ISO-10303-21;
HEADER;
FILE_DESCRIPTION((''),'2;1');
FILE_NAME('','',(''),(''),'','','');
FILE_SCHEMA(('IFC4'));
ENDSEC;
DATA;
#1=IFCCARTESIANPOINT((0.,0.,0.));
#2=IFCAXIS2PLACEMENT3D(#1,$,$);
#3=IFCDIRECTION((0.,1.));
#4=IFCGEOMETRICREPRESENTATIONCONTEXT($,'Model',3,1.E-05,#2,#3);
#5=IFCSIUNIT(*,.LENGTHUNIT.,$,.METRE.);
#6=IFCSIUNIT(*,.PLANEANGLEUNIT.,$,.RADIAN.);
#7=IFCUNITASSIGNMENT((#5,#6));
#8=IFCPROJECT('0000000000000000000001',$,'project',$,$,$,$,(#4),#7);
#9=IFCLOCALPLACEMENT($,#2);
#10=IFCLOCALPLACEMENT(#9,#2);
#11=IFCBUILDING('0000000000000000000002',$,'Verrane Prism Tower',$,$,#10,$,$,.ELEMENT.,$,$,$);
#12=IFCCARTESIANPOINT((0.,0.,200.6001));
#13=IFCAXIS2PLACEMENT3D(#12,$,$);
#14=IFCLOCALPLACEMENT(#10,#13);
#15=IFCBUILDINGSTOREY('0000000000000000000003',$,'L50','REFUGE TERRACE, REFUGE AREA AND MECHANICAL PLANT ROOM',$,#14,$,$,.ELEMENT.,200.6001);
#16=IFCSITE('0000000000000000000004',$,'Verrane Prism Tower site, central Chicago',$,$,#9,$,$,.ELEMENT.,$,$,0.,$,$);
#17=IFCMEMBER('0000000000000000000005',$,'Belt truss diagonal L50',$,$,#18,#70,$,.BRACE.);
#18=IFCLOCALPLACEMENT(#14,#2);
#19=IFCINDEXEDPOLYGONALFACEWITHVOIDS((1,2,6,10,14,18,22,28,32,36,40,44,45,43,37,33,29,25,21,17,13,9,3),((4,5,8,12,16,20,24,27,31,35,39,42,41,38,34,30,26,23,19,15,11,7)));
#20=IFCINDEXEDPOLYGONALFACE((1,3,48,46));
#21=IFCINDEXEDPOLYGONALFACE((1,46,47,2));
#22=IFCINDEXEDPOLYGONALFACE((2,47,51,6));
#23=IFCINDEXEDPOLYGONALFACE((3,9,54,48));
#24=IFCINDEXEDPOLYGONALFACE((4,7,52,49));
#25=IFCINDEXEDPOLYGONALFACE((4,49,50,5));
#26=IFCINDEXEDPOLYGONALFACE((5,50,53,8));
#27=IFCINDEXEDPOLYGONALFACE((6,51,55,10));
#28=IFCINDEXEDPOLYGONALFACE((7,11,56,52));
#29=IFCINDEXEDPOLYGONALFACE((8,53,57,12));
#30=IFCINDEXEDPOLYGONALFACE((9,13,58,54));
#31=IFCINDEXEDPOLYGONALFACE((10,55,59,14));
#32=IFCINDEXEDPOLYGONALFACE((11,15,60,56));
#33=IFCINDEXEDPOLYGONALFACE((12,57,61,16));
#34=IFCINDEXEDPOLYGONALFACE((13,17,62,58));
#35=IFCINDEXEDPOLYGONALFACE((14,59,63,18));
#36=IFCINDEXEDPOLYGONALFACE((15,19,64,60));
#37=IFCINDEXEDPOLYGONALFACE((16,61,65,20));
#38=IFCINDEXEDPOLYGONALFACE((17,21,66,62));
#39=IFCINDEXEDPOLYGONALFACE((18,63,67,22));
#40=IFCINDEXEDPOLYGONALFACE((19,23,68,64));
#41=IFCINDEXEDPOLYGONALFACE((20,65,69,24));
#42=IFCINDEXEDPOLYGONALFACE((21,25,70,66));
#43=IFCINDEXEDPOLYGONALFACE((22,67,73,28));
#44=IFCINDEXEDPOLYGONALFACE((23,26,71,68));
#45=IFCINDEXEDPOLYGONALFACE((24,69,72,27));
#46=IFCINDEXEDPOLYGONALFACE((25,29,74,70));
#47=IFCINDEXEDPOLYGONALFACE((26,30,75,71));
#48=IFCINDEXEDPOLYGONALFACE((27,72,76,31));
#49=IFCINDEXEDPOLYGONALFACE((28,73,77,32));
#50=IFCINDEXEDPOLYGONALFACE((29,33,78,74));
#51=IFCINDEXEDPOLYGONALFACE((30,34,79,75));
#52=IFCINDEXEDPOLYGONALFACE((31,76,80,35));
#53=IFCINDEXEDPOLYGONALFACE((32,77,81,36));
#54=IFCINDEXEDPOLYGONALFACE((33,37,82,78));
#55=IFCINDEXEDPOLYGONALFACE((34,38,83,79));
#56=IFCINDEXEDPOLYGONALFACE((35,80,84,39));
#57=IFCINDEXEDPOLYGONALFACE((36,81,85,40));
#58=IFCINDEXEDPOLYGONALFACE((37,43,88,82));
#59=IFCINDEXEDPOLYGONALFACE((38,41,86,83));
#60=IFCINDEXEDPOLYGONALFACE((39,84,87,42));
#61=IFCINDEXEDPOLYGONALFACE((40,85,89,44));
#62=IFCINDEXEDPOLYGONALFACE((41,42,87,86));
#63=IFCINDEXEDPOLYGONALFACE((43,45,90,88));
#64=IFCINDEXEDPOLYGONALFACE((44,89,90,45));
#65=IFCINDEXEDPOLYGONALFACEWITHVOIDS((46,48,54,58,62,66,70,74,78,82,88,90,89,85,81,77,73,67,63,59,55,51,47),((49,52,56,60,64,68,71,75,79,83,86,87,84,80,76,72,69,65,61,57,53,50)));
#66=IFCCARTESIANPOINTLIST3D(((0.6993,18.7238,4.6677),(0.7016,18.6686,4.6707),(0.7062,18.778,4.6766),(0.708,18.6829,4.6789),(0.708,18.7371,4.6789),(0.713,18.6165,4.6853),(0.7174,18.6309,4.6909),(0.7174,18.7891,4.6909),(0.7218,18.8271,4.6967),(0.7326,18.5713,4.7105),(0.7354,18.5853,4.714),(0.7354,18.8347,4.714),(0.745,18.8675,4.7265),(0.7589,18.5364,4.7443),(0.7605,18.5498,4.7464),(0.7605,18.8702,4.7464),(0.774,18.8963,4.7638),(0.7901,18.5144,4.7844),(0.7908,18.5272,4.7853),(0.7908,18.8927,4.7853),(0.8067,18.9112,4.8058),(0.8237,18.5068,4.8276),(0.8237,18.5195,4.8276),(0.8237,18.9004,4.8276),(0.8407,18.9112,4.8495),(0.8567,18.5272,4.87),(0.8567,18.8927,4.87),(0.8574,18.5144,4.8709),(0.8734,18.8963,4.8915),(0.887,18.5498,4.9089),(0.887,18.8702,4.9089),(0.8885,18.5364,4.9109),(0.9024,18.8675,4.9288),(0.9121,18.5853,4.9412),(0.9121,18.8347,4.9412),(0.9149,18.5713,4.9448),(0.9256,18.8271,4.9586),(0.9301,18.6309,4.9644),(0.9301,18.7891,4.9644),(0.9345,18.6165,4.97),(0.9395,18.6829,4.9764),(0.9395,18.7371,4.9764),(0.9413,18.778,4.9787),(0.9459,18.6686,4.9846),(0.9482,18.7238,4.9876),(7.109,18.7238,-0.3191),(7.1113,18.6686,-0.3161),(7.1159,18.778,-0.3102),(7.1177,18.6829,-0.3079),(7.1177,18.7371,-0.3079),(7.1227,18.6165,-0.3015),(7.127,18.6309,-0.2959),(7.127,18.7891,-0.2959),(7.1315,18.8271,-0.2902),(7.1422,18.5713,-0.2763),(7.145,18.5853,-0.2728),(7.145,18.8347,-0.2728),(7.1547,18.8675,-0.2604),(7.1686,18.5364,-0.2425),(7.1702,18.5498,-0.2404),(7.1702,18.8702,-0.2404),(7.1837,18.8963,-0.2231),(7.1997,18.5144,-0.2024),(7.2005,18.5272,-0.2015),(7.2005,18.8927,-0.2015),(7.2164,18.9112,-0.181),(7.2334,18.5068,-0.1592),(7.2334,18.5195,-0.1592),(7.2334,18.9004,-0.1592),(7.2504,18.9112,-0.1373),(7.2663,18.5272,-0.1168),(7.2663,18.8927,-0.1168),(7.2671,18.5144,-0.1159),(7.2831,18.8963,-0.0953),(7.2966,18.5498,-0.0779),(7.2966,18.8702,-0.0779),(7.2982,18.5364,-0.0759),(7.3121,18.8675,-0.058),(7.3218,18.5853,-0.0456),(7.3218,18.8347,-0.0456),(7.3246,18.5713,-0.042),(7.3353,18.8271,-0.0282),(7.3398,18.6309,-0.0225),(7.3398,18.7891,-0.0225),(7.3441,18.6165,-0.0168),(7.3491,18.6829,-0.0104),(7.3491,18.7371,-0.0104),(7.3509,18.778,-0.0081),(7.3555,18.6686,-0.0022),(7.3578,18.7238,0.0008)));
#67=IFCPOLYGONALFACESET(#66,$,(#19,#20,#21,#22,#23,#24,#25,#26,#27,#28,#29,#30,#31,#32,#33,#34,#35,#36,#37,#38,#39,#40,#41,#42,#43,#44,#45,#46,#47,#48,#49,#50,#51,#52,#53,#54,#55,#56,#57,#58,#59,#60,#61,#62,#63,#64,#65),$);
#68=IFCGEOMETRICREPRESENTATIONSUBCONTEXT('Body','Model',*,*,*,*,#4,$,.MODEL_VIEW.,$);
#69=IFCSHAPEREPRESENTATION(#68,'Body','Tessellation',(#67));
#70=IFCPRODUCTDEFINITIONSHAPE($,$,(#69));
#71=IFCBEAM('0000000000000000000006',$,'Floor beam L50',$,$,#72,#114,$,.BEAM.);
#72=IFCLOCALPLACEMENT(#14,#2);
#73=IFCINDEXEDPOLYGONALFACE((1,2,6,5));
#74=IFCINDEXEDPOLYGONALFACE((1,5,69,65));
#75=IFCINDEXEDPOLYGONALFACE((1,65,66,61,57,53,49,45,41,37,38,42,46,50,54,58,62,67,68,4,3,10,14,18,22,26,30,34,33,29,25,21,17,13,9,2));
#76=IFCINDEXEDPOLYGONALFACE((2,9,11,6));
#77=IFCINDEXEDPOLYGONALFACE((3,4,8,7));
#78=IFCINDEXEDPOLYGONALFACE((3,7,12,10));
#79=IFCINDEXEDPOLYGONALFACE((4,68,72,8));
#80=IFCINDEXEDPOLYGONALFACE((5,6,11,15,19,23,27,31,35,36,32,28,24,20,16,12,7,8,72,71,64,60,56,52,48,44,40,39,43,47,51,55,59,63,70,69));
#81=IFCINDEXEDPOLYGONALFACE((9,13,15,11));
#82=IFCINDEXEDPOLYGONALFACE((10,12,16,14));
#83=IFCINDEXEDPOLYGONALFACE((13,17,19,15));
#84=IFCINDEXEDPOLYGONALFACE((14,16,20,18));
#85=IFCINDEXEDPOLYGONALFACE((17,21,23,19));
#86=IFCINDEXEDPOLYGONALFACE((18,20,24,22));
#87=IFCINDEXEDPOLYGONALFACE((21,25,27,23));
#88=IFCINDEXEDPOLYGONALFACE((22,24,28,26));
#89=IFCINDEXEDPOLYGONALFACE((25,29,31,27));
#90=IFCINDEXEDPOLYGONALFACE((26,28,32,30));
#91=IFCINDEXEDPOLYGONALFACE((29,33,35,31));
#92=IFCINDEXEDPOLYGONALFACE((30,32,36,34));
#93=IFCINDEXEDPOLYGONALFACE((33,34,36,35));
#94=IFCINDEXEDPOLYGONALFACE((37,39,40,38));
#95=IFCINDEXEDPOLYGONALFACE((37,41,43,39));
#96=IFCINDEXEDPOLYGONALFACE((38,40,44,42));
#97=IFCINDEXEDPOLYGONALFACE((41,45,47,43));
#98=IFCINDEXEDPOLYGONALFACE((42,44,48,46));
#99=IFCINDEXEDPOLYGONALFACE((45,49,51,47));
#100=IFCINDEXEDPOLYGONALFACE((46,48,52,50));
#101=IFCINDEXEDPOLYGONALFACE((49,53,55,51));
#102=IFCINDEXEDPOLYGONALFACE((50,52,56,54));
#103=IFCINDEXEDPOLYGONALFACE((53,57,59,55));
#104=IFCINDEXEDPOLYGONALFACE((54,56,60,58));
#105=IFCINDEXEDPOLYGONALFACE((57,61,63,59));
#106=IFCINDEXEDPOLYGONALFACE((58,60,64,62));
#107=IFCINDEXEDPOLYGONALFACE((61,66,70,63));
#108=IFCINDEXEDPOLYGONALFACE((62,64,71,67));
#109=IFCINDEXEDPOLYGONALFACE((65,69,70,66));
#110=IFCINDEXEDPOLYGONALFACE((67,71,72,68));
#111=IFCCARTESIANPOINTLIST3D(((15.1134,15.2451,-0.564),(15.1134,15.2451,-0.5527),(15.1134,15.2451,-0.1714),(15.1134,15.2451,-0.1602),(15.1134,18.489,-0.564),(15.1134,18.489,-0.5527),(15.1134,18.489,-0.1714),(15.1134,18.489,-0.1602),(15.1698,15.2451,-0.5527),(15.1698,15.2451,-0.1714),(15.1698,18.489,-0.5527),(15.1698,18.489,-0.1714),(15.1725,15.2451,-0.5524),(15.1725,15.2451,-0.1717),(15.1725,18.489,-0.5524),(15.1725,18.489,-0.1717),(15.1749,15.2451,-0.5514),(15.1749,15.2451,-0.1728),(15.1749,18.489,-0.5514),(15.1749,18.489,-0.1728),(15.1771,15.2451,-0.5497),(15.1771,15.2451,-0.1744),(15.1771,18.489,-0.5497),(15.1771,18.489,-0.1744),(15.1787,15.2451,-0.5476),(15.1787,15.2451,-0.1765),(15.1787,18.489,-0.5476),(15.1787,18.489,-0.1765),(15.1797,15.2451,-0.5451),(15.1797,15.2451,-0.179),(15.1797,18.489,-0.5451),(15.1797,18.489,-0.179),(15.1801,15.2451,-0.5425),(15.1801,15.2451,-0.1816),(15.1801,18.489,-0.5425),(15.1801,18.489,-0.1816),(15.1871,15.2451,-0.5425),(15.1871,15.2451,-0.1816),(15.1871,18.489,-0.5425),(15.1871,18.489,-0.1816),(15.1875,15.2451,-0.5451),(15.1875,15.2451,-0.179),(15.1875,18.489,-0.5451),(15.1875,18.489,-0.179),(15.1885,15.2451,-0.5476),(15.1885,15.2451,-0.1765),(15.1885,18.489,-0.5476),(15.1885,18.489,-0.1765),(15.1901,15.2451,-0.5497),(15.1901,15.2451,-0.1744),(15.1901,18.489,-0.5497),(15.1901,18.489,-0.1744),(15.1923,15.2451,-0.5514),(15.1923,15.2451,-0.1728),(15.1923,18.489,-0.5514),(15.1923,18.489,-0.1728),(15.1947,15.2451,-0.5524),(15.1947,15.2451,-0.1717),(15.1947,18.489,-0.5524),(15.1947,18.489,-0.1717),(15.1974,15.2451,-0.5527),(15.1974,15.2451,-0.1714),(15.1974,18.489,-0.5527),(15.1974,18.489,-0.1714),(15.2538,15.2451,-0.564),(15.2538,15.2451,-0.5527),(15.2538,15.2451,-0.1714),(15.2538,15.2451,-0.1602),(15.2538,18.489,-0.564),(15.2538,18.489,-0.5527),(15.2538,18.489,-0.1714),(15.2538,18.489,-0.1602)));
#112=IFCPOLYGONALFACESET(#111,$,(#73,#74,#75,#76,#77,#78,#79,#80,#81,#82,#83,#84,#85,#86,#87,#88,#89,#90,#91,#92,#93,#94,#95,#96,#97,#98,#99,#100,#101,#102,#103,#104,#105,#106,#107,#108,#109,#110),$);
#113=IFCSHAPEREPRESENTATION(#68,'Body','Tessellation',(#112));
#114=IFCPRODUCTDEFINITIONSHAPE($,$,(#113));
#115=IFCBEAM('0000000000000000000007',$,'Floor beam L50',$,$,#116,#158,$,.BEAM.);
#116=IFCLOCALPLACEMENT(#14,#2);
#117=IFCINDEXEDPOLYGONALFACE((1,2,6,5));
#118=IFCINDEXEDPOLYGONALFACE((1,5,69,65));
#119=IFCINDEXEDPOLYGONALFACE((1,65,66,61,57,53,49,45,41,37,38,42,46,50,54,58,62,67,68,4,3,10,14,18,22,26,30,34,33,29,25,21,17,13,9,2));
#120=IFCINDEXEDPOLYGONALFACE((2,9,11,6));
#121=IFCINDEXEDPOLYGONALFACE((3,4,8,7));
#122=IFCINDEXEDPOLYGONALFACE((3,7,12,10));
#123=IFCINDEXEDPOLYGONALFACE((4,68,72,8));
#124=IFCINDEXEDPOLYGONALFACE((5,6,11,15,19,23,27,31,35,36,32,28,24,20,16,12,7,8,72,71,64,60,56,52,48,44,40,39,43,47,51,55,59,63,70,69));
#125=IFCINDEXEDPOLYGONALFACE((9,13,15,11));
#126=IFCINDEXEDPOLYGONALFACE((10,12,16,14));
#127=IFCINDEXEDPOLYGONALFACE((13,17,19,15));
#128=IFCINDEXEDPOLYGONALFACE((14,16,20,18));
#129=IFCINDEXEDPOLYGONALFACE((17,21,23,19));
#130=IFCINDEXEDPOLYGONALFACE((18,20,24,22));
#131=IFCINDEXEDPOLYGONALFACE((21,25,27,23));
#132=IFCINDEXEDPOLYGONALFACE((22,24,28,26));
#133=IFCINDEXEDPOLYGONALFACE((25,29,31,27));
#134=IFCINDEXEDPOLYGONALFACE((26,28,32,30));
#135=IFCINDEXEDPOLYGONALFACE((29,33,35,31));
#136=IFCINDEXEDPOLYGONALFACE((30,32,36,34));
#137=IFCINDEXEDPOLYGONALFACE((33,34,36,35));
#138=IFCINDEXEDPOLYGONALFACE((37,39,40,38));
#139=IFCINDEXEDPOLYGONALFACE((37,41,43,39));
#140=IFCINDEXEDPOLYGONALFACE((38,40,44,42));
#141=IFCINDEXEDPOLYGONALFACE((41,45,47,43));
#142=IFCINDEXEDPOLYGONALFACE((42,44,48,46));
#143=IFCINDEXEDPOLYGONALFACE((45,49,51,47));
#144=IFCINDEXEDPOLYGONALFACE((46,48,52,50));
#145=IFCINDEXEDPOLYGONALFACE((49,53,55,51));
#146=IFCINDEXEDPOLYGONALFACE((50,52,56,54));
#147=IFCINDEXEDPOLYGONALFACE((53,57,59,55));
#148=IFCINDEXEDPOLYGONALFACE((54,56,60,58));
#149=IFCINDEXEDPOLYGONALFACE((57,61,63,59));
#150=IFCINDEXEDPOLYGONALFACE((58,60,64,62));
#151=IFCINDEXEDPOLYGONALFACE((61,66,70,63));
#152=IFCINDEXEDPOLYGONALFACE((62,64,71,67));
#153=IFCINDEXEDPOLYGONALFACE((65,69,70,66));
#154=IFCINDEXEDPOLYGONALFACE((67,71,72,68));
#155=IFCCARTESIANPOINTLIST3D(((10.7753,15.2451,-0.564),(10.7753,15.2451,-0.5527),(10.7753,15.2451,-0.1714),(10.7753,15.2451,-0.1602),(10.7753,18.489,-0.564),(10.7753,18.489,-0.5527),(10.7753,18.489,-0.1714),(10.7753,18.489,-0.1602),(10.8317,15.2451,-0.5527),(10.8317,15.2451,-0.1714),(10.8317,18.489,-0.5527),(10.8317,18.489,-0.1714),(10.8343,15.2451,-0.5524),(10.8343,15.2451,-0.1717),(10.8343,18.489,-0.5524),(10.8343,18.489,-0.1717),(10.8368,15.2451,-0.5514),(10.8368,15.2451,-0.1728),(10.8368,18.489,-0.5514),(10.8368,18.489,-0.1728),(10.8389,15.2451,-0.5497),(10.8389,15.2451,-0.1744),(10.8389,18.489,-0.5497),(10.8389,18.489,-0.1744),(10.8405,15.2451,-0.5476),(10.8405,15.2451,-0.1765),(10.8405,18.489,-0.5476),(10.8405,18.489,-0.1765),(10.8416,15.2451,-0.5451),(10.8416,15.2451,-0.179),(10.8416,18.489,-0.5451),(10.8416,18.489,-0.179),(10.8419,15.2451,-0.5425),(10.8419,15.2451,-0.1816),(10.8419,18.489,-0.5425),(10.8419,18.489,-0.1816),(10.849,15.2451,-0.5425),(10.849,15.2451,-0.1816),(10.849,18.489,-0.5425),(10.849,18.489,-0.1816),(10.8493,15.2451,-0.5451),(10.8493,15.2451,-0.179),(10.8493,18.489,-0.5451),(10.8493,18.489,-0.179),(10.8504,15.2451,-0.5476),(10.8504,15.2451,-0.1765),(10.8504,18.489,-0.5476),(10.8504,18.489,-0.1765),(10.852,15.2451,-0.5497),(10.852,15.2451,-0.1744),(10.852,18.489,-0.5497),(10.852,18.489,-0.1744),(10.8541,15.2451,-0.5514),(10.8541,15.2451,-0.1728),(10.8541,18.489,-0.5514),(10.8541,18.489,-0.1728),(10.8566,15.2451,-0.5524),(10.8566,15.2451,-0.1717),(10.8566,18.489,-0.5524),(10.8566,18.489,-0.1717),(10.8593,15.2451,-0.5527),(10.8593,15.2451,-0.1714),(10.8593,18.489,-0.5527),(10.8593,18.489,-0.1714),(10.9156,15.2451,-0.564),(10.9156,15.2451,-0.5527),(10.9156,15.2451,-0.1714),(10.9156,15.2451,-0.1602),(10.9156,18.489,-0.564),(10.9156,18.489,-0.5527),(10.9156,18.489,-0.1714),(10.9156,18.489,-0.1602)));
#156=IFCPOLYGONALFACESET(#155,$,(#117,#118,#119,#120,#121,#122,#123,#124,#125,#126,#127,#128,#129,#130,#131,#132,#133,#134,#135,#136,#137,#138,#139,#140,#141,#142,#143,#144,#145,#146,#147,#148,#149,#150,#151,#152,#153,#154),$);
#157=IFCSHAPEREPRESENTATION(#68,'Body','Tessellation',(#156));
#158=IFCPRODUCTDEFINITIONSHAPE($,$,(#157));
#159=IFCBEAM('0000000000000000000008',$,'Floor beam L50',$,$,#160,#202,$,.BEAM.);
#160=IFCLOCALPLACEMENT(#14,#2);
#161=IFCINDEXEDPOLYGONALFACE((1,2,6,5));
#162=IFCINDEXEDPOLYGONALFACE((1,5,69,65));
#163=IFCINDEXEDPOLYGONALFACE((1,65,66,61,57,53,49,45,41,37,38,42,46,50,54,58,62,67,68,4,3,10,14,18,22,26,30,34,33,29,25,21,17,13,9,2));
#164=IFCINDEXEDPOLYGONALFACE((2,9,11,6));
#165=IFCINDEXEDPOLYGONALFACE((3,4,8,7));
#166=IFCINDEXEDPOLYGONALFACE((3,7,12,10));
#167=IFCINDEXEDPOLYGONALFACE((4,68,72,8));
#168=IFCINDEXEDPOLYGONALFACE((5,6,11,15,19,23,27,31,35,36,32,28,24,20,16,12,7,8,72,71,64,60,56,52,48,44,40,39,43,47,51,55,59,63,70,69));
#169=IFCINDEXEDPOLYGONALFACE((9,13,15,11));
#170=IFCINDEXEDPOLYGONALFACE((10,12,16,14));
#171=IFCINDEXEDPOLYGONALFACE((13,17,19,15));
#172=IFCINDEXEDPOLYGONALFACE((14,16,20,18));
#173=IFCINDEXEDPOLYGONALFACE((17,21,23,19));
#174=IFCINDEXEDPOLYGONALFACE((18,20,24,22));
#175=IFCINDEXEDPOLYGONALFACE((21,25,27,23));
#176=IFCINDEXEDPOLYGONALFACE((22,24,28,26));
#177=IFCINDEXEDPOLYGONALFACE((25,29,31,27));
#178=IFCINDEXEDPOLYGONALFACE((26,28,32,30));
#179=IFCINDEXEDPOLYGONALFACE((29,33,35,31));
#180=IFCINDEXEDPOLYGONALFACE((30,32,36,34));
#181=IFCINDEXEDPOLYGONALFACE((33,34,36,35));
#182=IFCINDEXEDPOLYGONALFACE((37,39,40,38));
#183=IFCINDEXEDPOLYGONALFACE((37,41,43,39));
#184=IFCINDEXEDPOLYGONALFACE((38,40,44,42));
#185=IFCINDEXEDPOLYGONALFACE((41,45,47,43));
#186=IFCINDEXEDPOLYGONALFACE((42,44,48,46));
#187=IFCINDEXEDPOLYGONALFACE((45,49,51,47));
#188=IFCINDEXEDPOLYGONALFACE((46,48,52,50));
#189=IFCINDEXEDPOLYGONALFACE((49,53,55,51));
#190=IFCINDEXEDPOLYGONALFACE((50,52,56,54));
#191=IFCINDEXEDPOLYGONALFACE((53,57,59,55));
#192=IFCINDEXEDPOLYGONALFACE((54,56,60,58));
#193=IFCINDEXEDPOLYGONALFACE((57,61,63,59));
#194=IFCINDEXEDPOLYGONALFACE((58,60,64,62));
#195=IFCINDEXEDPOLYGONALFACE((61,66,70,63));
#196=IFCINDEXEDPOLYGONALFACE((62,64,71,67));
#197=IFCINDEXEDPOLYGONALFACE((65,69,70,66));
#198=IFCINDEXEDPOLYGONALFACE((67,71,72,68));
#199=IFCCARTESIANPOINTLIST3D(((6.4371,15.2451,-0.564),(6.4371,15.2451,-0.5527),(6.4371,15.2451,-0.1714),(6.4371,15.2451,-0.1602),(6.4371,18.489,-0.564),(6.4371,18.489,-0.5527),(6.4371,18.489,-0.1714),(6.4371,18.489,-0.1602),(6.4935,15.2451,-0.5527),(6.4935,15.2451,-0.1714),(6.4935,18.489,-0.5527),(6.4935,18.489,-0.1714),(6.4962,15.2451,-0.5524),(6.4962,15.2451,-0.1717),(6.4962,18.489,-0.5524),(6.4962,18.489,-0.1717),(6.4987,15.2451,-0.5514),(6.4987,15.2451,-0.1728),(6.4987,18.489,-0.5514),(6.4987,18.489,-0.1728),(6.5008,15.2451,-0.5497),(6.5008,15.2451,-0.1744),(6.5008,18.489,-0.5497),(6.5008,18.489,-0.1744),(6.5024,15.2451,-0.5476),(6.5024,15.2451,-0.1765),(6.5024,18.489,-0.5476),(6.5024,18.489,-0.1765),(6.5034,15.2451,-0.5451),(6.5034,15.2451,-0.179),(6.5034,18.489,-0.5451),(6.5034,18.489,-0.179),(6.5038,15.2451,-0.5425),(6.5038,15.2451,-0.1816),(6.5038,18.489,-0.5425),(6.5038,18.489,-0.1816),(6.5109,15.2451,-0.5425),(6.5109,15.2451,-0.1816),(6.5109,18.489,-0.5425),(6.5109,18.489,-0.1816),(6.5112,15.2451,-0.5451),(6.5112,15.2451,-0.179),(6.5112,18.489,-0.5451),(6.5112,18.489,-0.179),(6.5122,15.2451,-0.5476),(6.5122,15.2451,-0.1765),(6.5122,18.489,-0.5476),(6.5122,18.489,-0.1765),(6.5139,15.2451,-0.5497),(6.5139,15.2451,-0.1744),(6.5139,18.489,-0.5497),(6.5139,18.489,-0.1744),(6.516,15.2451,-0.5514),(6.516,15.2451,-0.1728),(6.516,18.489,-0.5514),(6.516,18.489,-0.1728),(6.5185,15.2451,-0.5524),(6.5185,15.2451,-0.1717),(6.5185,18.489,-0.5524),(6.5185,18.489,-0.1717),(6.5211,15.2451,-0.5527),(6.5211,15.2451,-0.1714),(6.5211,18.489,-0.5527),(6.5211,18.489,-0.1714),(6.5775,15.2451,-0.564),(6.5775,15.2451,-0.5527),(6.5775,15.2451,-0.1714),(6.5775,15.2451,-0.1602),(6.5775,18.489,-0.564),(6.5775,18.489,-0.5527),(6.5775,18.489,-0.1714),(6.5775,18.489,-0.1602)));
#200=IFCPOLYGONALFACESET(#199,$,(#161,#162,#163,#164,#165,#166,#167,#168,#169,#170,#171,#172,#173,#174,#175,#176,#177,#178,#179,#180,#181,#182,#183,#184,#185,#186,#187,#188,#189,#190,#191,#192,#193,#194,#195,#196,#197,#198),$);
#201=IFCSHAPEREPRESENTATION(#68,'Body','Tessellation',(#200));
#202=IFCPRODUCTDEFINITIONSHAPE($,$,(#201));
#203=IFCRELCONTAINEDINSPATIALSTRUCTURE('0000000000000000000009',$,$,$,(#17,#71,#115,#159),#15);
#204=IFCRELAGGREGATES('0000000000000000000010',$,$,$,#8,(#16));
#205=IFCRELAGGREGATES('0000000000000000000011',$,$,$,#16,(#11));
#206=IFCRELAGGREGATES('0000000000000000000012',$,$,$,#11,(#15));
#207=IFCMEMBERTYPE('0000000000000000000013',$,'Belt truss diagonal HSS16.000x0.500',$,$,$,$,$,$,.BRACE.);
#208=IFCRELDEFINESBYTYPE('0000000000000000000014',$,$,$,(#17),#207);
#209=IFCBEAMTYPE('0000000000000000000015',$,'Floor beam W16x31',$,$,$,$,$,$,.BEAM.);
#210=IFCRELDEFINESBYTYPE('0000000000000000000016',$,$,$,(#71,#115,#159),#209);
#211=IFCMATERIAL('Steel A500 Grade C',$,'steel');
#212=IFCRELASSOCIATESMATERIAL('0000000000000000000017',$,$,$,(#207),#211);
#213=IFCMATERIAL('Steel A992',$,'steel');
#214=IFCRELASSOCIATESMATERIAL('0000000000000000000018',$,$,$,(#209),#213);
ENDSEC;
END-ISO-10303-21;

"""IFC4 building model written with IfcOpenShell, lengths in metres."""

from ifc_helpers import new_model, si_unit, direction, frame, origin, origin_2d, place, context, subcontext, project, spatial, hollow_circle, i_section, extrude, material, material_profile, profile_set, type_object, element, save


model = new_model("IFC4")

# Units and contexts
model_context = context("Model", 3, precision=1e-05, world=origin(), true_north=direction((0.0, 1.0)))
body_context = subcontext(model_context, "Body", "Model", "MODEL_VIEW")
ifc_project = project(units=[si_unit("LENGTHUNIT", "METRE"), si_unit("PLANEANGLEUNIT", "RADIAN")], contexts=[model_context])

# Site, building, storey
site_placement = place(None, origin())
site = spatial("IfcSite", under=ifc_project, at=site_placement, Name="Verrane Prism Tower site, central Chicago", CompositionType="ELEMENT", RefElevation=0.0)
building_placement = place(site_placement, origin())
building = spatial("IfcBuilding", under=site, at=building_placement, Name="Verrane Prism Tower", CompositionType="ELEMENT")
storey_placement = place(building_placement, frame((0.0, 0.0, 200.6001)))
storey = spatial("IfcBuildingStorey", under=building, at=storey_placement, Name="L50", Description="REFUGE TERRACE, REFUGE AREA AND MECHANICAL PLANT ROOM", CompositionType="ELEMENT", Elevation=200.6001)

# Member
ifc_material_1 = material(Name="Steel A500 Grade C", Category="steel")
ifc_material_profile_1 = material_profile(ifc_material_1, hollow_circle(Radius=0.2031, WallThickness=0.0127, at=origin_2d()), Name="HSS16.000x0.500")
ifc_profile_set_1 = profile_set([ifc_material_profile_1], Name="Steel A500 Grade C")
member_type_1 = type_object("IfcMemberType", Name="Belt truss diagonal HSS16.000x0.500", PredefinedType="BRACE", material=ifc_profile_set_1)
for number, where, z_axis, x_axis, name in (
    (1, (7.2334, 18.71, -0.1592), (-0.789262, 0.0, 0.614057), (0.0, -1.0, 0.0), "Belt truss diagonal L50"),
):
    element("IfcMember", number, at=place(storey_placement, frame(where, z_axis=z_axis, x_axis=x_axis)), inside=storey, type_object=member_type_1, Name=name, PredefinedType="BRACE", context=body_context, shape_type="SweptSolid", body=[
        extrude(hollow_circle(Radius=0.2031, WallThickness=0.0127, at=origin_2d()), origin(), (0.0, 0.0, 1.0), 8.1211),
    ])

# Beams
ifc_material_2 = material(Name="Steel A992", Category="steel")
ifc_material_profile_2 = material_profile(ifc_material_2, i_section(OverallWidth=0.1404, OverallDepth=0.4038, WebThickness=0.0071, FlangeThickness=0.0112, FilletRadius=0.0103, at=origin_2d()), Name="W16x31")
ifc_profile_set_2 = profile_set([ifc_material_profile_2], Name="Steel A992")
beam_type_1 = type_object("IfcBeamType", Name="Floor beam W16x31", PredefinedType="BEAM", material=ifc_profile_set_2)
for number, where, z_axis, x_axis, name in (
    (2, (15.1836, 15.2451, -0.3621), (0.0, 1.0, 0.0), (-1.0, 0.0, 0.0), "Floor beam L50"),
    (3, (10.8455, 15.2451, -0.3621), (0.0, 1.0, 0.0), (-1.0, 0.0, 0.0), "Floor beam L50"),
    (4, (6.5073, 15.2451, -0.3621), (0.0, 1.0, 0.0), (-1.0, 0.0, 0.0), "Floor beam L50"),
):
    element("IfcBeam", number, at=place(storey_placement, frame(where, z_axis=z_axis, x_axis=x_axis)), inside=storey, type_object=beam_type_1, Name=name, PredefinedType="BEAM", context=body_context, shape_type="SweptSolid", body=[
        extrude(i_section(OverallWidth=0.1404, OverallDepth=0.4038, WebThickness=0.0071, FlangeThickness=0.0112, FilletRadius=0.0103, at=origin_2d()), origin(), (0.0, 0.0, 1.0), 3.2439),
    ])

save(model, "model.ifc")
